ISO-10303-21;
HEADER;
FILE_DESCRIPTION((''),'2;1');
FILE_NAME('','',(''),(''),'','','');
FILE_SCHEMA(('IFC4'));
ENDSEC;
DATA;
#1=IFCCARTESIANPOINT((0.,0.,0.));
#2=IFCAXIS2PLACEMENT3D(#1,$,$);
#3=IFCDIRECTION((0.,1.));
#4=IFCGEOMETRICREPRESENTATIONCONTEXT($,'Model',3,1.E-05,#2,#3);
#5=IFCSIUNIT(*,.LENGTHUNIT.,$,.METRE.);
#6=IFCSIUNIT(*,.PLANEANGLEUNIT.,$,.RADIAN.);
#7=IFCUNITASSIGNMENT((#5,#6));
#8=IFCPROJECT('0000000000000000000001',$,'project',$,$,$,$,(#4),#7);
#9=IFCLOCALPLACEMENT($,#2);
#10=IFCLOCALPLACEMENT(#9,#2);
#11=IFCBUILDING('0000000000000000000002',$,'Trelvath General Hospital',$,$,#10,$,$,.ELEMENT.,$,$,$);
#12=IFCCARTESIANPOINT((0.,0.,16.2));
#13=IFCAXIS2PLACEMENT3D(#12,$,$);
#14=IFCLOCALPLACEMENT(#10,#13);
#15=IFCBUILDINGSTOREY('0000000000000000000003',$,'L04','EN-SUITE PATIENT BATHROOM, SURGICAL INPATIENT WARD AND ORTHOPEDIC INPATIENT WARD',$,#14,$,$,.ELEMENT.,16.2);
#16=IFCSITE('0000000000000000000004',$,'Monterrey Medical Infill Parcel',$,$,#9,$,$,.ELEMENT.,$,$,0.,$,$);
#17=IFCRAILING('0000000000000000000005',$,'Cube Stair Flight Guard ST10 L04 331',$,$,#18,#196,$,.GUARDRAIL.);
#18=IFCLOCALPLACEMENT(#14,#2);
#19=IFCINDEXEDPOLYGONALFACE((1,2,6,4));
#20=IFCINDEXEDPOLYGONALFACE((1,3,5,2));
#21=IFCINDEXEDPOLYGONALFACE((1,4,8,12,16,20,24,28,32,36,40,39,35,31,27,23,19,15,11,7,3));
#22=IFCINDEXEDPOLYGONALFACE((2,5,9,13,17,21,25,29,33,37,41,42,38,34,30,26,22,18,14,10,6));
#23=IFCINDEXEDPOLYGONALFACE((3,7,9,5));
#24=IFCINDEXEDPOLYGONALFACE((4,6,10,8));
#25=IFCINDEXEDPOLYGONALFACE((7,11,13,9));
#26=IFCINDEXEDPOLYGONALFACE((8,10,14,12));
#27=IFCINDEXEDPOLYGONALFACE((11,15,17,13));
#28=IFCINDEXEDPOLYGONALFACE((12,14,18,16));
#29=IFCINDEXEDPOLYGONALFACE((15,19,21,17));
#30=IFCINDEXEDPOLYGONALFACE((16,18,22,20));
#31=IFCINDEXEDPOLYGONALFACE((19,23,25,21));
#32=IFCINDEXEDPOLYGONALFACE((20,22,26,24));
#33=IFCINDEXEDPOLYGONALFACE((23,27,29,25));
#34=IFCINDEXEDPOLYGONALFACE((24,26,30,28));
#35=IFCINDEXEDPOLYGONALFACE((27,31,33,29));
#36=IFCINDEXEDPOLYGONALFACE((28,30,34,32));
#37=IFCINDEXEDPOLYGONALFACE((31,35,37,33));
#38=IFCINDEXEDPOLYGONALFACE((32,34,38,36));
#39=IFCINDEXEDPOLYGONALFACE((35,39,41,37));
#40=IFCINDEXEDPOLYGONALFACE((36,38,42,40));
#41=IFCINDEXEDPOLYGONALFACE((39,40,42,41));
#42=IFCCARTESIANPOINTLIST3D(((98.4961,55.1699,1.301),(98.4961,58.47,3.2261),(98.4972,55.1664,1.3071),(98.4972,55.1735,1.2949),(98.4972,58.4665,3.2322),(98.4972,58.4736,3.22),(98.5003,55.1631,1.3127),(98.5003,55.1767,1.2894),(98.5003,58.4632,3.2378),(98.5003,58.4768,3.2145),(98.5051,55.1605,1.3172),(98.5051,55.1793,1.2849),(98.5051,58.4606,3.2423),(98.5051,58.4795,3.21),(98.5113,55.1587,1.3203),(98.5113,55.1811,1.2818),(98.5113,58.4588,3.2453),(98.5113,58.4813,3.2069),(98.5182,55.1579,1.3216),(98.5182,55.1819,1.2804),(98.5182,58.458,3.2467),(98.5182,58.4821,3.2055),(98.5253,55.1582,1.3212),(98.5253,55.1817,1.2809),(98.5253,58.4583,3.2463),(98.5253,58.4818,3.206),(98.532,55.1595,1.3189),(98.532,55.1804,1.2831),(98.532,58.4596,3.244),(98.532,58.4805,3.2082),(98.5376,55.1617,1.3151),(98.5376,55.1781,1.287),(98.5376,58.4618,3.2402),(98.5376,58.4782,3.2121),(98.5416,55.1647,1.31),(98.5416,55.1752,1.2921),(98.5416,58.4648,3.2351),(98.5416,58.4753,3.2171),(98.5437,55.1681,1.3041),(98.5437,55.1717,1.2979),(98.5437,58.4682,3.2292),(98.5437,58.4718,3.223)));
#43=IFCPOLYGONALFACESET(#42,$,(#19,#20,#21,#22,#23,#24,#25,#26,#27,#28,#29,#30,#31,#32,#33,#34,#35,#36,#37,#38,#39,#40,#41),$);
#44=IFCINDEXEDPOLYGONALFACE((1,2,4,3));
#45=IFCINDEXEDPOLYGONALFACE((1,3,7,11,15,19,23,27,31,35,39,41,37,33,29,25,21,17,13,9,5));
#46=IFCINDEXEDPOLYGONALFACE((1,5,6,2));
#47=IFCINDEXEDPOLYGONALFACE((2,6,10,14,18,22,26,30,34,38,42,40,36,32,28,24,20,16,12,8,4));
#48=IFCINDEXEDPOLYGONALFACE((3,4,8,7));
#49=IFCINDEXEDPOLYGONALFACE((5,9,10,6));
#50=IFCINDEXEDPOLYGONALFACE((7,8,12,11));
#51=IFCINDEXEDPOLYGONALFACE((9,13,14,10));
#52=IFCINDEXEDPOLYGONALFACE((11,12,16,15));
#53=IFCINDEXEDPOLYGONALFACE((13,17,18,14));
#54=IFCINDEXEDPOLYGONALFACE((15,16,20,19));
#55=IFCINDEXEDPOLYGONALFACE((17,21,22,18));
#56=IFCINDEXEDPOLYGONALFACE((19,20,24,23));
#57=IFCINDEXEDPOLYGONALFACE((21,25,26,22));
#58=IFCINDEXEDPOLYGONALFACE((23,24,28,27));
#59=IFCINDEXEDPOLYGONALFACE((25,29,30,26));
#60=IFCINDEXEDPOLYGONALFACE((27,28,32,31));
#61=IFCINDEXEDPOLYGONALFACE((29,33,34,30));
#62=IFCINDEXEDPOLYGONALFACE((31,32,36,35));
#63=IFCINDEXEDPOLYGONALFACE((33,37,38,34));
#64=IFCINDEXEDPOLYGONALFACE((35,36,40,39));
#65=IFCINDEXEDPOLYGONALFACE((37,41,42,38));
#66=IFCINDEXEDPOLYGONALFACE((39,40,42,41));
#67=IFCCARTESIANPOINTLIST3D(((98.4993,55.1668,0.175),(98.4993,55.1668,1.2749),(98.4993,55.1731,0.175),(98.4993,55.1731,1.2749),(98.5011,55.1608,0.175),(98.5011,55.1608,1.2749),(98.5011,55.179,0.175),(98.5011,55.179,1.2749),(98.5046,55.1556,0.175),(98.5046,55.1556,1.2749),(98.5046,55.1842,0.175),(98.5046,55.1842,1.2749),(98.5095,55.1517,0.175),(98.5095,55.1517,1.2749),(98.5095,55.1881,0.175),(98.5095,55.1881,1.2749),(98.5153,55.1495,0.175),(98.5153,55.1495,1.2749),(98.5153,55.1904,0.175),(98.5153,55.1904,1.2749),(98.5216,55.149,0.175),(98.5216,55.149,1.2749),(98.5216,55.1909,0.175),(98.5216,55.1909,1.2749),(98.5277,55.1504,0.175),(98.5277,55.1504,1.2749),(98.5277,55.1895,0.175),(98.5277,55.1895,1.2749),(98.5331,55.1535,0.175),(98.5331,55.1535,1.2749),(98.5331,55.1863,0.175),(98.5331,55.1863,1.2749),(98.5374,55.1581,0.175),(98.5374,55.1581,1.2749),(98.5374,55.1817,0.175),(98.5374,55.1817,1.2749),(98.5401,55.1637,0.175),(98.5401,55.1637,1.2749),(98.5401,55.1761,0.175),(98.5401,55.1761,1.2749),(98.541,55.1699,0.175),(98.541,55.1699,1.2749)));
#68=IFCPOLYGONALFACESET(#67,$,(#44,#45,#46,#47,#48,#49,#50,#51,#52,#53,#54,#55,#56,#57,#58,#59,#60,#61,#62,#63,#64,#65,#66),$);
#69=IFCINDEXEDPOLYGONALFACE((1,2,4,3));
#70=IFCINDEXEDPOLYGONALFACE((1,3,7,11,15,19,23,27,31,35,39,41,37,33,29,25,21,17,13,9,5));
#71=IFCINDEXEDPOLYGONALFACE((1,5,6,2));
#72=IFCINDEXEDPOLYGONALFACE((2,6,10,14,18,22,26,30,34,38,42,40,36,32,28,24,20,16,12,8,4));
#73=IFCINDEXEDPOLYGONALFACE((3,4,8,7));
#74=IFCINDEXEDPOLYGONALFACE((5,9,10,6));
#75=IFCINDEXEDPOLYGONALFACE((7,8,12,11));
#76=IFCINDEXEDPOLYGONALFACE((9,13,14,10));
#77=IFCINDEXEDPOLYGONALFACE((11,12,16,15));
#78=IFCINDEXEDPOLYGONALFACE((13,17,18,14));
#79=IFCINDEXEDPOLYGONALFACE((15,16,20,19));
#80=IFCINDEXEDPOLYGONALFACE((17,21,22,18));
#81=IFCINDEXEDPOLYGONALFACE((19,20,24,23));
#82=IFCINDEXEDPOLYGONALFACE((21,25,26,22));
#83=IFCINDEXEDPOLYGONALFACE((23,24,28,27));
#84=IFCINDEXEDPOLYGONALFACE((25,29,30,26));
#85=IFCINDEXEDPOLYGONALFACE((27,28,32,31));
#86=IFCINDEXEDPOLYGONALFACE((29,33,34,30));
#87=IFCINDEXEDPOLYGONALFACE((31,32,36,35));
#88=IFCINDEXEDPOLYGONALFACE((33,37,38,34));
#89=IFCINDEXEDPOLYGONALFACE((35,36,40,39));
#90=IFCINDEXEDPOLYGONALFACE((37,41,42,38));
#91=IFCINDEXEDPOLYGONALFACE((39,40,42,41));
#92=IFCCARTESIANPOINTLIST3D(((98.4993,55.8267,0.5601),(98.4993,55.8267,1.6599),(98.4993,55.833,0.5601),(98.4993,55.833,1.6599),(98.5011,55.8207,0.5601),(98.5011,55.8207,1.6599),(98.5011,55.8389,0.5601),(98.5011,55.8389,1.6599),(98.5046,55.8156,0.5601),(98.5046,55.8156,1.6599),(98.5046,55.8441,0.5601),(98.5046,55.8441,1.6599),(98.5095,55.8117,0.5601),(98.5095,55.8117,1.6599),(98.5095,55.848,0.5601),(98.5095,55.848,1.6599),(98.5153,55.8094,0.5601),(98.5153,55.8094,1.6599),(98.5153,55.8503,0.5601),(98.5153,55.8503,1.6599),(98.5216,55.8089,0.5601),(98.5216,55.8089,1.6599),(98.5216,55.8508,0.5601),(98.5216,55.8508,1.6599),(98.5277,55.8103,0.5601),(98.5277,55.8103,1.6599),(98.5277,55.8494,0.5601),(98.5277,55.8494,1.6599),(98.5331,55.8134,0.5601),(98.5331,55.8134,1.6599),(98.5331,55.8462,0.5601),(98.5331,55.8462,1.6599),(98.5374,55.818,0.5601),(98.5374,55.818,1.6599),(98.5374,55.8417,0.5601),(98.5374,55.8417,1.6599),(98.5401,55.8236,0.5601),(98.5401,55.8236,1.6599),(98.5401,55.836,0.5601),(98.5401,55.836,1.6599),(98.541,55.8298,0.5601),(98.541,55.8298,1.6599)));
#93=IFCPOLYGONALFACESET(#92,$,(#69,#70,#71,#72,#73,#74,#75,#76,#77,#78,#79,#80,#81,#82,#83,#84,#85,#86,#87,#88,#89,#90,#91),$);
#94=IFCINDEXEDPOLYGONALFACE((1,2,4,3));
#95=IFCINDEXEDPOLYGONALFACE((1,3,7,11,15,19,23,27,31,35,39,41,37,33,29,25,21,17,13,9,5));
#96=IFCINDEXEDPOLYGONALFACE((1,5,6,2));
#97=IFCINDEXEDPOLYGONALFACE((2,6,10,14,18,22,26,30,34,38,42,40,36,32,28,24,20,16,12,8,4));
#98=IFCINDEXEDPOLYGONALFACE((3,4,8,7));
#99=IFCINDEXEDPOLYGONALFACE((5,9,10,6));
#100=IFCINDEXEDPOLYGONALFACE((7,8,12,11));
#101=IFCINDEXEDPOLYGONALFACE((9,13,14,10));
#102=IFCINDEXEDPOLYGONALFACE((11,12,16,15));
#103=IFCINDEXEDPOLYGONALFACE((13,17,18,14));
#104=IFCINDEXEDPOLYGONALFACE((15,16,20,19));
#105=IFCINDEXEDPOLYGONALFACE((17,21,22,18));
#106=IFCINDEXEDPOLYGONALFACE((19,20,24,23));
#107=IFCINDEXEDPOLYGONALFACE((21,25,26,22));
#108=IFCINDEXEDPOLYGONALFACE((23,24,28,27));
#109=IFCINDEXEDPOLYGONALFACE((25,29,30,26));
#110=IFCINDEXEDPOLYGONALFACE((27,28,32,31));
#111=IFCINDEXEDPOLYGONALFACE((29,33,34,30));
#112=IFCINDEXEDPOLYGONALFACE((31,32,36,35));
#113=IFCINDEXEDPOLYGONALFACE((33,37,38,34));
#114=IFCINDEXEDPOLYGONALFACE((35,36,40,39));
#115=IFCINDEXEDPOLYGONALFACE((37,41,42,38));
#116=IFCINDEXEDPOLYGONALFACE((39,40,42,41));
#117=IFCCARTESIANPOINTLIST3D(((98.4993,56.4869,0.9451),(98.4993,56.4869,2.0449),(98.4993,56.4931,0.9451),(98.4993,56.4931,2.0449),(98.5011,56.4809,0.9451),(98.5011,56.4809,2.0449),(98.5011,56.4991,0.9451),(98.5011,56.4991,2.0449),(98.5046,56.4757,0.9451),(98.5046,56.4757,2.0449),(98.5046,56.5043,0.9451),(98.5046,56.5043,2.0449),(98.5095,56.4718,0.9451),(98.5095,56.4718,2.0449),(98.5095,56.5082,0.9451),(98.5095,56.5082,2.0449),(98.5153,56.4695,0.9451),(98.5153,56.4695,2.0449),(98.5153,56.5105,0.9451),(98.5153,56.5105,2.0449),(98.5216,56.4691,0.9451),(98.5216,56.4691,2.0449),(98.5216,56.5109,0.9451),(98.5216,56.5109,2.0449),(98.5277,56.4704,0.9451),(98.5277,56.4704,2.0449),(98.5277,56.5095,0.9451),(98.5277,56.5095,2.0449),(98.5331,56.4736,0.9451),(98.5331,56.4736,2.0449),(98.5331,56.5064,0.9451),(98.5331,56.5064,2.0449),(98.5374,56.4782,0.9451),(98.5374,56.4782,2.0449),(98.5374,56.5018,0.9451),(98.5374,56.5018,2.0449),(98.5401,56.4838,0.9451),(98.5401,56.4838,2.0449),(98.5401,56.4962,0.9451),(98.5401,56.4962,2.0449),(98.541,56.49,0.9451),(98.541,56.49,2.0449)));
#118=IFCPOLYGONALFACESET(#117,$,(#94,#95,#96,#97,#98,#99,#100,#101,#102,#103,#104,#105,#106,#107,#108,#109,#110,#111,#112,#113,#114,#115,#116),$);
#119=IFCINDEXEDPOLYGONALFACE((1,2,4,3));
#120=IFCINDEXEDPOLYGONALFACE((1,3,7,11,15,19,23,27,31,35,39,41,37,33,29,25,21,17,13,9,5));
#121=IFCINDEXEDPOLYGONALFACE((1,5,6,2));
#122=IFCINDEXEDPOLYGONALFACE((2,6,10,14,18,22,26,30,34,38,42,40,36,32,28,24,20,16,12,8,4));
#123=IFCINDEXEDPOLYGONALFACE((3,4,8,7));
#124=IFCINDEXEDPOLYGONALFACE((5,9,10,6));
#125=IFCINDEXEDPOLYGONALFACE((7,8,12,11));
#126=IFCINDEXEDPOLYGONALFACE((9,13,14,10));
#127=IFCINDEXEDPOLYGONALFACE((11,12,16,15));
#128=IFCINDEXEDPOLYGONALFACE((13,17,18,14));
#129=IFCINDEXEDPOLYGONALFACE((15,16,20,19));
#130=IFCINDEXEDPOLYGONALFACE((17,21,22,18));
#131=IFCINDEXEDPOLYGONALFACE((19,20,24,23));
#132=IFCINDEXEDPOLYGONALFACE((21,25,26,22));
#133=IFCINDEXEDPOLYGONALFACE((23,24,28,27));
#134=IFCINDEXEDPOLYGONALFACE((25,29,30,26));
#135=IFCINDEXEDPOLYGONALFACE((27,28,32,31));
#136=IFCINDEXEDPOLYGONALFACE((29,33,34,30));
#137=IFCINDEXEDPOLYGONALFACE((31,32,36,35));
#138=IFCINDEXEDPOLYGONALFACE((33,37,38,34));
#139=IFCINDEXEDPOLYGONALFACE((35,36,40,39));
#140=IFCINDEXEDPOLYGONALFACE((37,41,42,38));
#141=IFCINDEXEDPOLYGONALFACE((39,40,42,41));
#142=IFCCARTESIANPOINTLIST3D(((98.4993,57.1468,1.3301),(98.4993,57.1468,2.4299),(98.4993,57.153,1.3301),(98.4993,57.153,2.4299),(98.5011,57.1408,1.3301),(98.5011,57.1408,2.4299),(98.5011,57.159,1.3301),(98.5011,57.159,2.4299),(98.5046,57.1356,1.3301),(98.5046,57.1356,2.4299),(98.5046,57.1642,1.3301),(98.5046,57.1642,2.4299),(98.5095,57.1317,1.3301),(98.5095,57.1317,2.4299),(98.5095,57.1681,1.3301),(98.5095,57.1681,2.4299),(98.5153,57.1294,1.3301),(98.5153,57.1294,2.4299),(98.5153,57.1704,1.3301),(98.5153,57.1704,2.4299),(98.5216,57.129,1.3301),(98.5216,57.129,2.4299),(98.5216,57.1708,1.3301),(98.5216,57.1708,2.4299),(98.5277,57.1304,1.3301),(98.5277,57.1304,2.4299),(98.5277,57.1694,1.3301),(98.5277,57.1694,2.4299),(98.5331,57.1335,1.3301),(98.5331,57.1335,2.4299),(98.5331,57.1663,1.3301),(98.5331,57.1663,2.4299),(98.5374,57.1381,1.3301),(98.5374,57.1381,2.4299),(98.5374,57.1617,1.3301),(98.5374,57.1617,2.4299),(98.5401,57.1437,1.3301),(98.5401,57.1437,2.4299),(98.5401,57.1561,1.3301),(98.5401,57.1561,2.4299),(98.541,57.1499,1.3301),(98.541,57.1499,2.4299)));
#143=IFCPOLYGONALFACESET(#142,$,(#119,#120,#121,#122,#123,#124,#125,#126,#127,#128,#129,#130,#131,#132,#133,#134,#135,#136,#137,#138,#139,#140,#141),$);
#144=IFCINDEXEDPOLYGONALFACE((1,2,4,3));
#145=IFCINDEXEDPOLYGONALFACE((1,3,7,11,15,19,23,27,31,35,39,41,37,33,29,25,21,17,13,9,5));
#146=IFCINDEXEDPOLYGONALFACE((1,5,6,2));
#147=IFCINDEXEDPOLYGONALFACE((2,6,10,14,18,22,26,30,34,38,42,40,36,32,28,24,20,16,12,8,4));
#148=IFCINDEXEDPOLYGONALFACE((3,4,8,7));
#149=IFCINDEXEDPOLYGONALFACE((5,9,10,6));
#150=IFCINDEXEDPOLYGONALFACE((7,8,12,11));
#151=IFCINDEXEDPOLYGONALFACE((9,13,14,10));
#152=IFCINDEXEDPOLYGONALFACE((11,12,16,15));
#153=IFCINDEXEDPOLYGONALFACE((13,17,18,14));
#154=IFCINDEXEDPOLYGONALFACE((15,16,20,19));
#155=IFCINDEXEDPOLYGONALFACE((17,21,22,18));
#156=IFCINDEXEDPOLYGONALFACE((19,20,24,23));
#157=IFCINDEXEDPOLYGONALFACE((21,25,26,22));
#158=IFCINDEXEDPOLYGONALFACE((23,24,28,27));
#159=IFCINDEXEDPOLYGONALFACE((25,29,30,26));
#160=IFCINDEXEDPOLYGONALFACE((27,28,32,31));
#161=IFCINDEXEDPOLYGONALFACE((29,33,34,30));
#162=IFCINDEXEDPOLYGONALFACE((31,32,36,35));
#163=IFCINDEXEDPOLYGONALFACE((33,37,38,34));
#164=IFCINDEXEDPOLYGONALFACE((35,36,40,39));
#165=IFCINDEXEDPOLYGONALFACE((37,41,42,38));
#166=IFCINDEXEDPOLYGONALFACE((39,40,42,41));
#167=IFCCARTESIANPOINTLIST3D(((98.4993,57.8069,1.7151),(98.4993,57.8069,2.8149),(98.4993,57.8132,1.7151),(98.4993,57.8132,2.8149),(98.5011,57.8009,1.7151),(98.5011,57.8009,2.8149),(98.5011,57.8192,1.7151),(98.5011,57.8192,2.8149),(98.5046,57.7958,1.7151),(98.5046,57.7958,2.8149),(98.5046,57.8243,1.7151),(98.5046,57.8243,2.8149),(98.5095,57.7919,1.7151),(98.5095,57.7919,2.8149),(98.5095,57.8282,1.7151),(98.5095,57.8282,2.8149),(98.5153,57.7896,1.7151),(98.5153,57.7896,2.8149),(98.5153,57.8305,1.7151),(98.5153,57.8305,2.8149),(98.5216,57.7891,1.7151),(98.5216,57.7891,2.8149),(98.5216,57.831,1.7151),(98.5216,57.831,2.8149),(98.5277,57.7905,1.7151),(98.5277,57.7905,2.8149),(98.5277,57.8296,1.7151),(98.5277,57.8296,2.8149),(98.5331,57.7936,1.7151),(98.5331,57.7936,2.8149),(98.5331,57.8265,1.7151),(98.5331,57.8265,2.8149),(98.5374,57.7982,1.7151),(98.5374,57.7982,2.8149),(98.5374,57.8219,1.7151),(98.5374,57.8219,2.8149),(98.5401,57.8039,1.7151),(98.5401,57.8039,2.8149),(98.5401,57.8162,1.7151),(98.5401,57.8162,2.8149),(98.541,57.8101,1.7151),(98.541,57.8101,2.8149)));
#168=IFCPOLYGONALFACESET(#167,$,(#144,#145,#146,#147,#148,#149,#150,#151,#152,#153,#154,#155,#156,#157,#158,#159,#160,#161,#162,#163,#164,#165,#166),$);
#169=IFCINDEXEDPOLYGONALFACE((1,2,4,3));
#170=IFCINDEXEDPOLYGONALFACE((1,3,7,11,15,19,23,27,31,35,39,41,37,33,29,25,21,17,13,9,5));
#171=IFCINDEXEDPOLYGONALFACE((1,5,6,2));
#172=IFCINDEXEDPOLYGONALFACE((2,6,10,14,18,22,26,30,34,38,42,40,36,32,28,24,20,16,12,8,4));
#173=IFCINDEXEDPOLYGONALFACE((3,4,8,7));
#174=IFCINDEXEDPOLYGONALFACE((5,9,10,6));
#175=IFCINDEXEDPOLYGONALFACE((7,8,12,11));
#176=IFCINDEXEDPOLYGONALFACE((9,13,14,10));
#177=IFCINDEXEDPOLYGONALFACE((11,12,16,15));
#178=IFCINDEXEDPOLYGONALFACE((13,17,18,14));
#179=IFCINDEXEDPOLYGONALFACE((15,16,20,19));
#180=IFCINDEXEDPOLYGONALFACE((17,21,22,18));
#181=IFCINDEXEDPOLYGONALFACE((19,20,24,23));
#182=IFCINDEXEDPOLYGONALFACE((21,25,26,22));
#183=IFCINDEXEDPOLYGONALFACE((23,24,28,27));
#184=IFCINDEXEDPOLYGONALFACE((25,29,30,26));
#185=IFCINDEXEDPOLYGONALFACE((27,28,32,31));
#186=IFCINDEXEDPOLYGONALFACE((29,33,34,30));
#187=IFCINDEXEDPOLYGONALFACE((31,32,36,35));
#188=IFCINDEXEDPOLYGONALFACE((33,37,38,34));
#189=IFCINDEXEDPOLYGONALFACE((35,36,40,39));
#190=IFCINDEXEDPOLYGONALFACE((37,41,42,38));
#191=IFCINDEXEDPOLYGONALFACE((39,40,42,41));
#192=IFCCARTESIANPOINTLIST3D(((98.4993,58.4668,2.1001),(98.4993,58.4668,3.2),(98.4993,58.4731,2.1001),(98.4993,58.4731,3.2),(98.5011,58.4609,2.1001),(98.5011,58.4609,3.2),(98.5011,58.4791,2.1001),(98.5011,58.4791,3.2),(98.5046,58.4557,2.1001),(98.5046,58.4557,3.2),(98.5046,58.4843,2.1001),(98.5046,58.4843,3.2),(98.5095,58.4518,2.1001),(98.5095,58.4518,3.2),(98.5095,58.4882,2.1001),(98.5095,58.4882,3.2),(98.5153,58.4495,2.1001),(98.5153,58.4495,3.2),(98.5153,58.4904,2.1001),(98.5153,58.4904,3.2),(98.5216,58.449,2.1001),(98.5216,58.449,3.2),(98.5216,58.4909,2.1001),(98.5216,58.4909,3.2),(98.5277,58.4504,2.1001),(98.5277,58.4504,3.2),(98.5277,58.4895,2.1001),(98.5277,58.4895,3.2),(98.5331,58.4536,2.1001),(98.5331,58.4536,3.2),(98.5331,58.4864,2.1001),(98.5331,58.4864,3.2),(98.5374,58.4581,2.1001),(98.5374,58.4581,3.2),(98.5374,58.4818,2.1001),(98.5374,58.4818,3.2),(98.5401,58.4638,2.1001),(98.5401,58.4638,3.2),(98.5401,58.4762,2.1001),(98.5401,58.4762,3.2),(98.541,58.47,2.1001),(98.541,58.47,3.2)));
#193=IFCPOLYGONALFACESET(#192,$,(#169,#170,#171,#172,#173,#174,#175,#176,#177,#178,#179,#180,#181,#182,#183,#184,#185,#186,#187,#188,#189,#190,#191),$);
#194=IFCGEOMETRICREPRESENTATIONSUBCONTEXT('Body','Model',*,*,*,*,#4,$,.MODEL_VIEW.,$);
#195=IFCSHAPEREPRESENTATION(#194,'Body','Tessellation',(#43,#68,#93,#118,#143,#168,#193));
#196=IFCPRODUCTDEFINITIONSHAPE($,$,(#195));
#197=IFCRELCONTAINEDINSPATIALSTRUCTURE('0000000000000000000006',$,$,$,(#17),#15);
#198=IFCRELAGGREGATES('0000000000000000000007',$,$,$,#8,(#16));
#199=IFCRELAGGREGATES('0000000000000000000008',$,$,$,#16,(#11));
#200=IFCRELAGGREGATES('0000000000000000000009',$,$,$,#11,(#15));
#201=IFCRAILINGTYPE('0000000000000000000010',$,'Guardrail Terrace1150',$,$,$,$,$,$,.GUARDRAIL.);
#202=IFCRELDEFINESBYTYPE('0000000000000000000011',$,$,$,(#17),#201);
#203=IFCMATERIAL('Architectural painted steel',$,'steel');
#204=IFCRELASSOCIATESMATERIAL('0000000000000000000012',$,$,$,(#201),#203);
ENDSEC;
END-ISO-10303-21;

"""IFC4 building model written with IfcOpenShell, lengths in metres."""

from ifc_helpers import new_model, si_unit, direction, frame, origin, origin_2d, place, context, subcontext, project, spatial, circle, extrude, material, type_object, element, save


model = new_model("IFC4")

# Units and contexts
model_context = context("Model", 3, precision=1e-05, world=origin(), true_north=direction((0.0, 1.0)))
body_context = subcontext(model_context, "Body", "Model", "MODEL_VIEW")
ifc_project = project(units=[si_unit("LENGTHUNIT", "METRE"), si_unit("PLANEANGLEUNIT", "RADIAN")], contexts=[model_context])

# Site, building, storey
site_placement = place(None, origin())
site = spatial("IfcSite", under=ifc_project, at=site_placement, Name="Monterrey Medical Infill Parcel", CompositionType="ELEMENT", RefElevation=0.0)
building_placement = place(site_placement, origin())
building = spatial("IfcBuilding", under=site, at=building_placement, Name="Trelvath General Hospital", CompositionType="ELEMENT")
storey_placement = place(building_placement, frame((0.0, 0.0, 16.2)))
storey = spatial("IfcBuildingStorey", under=building, at=storey_placement, Name="L04", Description="EN-SUITE PATIENT BATHROOM, SURGICAL INPATIENT WARD AND ORTHOPEDIC INPATIENT WARD", CompositionType="ELEMENT", Elevation=16.2)

# Railing
ifc_material_1 = material(Name="Architectural painted steel", Category="steel")
railing_type = type_object("IfcRailingType", Name="Guardrail Terrace1150", PredefinedType="GUARDRAIL", material=ifc_material_1)
for number, where, name in (
    (1, (98.52, 55.1699, 0.175), "Cube Stair Flight Guard ST10 L04 331"),
):
    element("IfcRailing", number, at=place(storey_placement, frame(where)), inside=storey, type_object=railing_type, Name=name, PredefinedType="GUARDRAIL", context=body_context, shape_type="SweptSolid", body=[
        extrude(circle(Radius=0.0239, at=origin_2d()), frame((0.0, 0.0, 1.126), z_axis=(0.0, 0.863777, 0.503875), x_axis=(-1.0, 0.0, 0.0)), (0.0, 0.0, 1.0), 3.8206),
        extrude(circle(Radius=0.021, at=origin_2d()), origin(), (0.0, 0.0, 1.0), 1.0999),
        extrude(circle(Radius=0.021, at=origin_2d()), frame((0.0, 0.6599, 0.385)), (0.0, 0.0, 1.0), 1.0999),
        extrude(circle(Radius=0.021, at=origin_2d()), frame((0.0, 1.3201, 0.77)), (0.0, 0.0, 1.0), 1.0999),
        extrude(circle(Radius=0.021, at=origin_2d()), frame((0.0, 1.98, 1.155)), (0.0, 0.0, 1.0), 1.0999),
        extrude(circle(Radius=0.021, at=origin_2d()), frame((0.0, 2.6401, 1.54)), (0.0, 0.0, 1.0), 1.0999),
        extrude(circle(Radius=0.021, at=origin_2d()), frame((0.0, 3.3, 1.925)), (0.0, 0.0, 1.0), 1.0999),
    ])

save(model, "model.ifc")
